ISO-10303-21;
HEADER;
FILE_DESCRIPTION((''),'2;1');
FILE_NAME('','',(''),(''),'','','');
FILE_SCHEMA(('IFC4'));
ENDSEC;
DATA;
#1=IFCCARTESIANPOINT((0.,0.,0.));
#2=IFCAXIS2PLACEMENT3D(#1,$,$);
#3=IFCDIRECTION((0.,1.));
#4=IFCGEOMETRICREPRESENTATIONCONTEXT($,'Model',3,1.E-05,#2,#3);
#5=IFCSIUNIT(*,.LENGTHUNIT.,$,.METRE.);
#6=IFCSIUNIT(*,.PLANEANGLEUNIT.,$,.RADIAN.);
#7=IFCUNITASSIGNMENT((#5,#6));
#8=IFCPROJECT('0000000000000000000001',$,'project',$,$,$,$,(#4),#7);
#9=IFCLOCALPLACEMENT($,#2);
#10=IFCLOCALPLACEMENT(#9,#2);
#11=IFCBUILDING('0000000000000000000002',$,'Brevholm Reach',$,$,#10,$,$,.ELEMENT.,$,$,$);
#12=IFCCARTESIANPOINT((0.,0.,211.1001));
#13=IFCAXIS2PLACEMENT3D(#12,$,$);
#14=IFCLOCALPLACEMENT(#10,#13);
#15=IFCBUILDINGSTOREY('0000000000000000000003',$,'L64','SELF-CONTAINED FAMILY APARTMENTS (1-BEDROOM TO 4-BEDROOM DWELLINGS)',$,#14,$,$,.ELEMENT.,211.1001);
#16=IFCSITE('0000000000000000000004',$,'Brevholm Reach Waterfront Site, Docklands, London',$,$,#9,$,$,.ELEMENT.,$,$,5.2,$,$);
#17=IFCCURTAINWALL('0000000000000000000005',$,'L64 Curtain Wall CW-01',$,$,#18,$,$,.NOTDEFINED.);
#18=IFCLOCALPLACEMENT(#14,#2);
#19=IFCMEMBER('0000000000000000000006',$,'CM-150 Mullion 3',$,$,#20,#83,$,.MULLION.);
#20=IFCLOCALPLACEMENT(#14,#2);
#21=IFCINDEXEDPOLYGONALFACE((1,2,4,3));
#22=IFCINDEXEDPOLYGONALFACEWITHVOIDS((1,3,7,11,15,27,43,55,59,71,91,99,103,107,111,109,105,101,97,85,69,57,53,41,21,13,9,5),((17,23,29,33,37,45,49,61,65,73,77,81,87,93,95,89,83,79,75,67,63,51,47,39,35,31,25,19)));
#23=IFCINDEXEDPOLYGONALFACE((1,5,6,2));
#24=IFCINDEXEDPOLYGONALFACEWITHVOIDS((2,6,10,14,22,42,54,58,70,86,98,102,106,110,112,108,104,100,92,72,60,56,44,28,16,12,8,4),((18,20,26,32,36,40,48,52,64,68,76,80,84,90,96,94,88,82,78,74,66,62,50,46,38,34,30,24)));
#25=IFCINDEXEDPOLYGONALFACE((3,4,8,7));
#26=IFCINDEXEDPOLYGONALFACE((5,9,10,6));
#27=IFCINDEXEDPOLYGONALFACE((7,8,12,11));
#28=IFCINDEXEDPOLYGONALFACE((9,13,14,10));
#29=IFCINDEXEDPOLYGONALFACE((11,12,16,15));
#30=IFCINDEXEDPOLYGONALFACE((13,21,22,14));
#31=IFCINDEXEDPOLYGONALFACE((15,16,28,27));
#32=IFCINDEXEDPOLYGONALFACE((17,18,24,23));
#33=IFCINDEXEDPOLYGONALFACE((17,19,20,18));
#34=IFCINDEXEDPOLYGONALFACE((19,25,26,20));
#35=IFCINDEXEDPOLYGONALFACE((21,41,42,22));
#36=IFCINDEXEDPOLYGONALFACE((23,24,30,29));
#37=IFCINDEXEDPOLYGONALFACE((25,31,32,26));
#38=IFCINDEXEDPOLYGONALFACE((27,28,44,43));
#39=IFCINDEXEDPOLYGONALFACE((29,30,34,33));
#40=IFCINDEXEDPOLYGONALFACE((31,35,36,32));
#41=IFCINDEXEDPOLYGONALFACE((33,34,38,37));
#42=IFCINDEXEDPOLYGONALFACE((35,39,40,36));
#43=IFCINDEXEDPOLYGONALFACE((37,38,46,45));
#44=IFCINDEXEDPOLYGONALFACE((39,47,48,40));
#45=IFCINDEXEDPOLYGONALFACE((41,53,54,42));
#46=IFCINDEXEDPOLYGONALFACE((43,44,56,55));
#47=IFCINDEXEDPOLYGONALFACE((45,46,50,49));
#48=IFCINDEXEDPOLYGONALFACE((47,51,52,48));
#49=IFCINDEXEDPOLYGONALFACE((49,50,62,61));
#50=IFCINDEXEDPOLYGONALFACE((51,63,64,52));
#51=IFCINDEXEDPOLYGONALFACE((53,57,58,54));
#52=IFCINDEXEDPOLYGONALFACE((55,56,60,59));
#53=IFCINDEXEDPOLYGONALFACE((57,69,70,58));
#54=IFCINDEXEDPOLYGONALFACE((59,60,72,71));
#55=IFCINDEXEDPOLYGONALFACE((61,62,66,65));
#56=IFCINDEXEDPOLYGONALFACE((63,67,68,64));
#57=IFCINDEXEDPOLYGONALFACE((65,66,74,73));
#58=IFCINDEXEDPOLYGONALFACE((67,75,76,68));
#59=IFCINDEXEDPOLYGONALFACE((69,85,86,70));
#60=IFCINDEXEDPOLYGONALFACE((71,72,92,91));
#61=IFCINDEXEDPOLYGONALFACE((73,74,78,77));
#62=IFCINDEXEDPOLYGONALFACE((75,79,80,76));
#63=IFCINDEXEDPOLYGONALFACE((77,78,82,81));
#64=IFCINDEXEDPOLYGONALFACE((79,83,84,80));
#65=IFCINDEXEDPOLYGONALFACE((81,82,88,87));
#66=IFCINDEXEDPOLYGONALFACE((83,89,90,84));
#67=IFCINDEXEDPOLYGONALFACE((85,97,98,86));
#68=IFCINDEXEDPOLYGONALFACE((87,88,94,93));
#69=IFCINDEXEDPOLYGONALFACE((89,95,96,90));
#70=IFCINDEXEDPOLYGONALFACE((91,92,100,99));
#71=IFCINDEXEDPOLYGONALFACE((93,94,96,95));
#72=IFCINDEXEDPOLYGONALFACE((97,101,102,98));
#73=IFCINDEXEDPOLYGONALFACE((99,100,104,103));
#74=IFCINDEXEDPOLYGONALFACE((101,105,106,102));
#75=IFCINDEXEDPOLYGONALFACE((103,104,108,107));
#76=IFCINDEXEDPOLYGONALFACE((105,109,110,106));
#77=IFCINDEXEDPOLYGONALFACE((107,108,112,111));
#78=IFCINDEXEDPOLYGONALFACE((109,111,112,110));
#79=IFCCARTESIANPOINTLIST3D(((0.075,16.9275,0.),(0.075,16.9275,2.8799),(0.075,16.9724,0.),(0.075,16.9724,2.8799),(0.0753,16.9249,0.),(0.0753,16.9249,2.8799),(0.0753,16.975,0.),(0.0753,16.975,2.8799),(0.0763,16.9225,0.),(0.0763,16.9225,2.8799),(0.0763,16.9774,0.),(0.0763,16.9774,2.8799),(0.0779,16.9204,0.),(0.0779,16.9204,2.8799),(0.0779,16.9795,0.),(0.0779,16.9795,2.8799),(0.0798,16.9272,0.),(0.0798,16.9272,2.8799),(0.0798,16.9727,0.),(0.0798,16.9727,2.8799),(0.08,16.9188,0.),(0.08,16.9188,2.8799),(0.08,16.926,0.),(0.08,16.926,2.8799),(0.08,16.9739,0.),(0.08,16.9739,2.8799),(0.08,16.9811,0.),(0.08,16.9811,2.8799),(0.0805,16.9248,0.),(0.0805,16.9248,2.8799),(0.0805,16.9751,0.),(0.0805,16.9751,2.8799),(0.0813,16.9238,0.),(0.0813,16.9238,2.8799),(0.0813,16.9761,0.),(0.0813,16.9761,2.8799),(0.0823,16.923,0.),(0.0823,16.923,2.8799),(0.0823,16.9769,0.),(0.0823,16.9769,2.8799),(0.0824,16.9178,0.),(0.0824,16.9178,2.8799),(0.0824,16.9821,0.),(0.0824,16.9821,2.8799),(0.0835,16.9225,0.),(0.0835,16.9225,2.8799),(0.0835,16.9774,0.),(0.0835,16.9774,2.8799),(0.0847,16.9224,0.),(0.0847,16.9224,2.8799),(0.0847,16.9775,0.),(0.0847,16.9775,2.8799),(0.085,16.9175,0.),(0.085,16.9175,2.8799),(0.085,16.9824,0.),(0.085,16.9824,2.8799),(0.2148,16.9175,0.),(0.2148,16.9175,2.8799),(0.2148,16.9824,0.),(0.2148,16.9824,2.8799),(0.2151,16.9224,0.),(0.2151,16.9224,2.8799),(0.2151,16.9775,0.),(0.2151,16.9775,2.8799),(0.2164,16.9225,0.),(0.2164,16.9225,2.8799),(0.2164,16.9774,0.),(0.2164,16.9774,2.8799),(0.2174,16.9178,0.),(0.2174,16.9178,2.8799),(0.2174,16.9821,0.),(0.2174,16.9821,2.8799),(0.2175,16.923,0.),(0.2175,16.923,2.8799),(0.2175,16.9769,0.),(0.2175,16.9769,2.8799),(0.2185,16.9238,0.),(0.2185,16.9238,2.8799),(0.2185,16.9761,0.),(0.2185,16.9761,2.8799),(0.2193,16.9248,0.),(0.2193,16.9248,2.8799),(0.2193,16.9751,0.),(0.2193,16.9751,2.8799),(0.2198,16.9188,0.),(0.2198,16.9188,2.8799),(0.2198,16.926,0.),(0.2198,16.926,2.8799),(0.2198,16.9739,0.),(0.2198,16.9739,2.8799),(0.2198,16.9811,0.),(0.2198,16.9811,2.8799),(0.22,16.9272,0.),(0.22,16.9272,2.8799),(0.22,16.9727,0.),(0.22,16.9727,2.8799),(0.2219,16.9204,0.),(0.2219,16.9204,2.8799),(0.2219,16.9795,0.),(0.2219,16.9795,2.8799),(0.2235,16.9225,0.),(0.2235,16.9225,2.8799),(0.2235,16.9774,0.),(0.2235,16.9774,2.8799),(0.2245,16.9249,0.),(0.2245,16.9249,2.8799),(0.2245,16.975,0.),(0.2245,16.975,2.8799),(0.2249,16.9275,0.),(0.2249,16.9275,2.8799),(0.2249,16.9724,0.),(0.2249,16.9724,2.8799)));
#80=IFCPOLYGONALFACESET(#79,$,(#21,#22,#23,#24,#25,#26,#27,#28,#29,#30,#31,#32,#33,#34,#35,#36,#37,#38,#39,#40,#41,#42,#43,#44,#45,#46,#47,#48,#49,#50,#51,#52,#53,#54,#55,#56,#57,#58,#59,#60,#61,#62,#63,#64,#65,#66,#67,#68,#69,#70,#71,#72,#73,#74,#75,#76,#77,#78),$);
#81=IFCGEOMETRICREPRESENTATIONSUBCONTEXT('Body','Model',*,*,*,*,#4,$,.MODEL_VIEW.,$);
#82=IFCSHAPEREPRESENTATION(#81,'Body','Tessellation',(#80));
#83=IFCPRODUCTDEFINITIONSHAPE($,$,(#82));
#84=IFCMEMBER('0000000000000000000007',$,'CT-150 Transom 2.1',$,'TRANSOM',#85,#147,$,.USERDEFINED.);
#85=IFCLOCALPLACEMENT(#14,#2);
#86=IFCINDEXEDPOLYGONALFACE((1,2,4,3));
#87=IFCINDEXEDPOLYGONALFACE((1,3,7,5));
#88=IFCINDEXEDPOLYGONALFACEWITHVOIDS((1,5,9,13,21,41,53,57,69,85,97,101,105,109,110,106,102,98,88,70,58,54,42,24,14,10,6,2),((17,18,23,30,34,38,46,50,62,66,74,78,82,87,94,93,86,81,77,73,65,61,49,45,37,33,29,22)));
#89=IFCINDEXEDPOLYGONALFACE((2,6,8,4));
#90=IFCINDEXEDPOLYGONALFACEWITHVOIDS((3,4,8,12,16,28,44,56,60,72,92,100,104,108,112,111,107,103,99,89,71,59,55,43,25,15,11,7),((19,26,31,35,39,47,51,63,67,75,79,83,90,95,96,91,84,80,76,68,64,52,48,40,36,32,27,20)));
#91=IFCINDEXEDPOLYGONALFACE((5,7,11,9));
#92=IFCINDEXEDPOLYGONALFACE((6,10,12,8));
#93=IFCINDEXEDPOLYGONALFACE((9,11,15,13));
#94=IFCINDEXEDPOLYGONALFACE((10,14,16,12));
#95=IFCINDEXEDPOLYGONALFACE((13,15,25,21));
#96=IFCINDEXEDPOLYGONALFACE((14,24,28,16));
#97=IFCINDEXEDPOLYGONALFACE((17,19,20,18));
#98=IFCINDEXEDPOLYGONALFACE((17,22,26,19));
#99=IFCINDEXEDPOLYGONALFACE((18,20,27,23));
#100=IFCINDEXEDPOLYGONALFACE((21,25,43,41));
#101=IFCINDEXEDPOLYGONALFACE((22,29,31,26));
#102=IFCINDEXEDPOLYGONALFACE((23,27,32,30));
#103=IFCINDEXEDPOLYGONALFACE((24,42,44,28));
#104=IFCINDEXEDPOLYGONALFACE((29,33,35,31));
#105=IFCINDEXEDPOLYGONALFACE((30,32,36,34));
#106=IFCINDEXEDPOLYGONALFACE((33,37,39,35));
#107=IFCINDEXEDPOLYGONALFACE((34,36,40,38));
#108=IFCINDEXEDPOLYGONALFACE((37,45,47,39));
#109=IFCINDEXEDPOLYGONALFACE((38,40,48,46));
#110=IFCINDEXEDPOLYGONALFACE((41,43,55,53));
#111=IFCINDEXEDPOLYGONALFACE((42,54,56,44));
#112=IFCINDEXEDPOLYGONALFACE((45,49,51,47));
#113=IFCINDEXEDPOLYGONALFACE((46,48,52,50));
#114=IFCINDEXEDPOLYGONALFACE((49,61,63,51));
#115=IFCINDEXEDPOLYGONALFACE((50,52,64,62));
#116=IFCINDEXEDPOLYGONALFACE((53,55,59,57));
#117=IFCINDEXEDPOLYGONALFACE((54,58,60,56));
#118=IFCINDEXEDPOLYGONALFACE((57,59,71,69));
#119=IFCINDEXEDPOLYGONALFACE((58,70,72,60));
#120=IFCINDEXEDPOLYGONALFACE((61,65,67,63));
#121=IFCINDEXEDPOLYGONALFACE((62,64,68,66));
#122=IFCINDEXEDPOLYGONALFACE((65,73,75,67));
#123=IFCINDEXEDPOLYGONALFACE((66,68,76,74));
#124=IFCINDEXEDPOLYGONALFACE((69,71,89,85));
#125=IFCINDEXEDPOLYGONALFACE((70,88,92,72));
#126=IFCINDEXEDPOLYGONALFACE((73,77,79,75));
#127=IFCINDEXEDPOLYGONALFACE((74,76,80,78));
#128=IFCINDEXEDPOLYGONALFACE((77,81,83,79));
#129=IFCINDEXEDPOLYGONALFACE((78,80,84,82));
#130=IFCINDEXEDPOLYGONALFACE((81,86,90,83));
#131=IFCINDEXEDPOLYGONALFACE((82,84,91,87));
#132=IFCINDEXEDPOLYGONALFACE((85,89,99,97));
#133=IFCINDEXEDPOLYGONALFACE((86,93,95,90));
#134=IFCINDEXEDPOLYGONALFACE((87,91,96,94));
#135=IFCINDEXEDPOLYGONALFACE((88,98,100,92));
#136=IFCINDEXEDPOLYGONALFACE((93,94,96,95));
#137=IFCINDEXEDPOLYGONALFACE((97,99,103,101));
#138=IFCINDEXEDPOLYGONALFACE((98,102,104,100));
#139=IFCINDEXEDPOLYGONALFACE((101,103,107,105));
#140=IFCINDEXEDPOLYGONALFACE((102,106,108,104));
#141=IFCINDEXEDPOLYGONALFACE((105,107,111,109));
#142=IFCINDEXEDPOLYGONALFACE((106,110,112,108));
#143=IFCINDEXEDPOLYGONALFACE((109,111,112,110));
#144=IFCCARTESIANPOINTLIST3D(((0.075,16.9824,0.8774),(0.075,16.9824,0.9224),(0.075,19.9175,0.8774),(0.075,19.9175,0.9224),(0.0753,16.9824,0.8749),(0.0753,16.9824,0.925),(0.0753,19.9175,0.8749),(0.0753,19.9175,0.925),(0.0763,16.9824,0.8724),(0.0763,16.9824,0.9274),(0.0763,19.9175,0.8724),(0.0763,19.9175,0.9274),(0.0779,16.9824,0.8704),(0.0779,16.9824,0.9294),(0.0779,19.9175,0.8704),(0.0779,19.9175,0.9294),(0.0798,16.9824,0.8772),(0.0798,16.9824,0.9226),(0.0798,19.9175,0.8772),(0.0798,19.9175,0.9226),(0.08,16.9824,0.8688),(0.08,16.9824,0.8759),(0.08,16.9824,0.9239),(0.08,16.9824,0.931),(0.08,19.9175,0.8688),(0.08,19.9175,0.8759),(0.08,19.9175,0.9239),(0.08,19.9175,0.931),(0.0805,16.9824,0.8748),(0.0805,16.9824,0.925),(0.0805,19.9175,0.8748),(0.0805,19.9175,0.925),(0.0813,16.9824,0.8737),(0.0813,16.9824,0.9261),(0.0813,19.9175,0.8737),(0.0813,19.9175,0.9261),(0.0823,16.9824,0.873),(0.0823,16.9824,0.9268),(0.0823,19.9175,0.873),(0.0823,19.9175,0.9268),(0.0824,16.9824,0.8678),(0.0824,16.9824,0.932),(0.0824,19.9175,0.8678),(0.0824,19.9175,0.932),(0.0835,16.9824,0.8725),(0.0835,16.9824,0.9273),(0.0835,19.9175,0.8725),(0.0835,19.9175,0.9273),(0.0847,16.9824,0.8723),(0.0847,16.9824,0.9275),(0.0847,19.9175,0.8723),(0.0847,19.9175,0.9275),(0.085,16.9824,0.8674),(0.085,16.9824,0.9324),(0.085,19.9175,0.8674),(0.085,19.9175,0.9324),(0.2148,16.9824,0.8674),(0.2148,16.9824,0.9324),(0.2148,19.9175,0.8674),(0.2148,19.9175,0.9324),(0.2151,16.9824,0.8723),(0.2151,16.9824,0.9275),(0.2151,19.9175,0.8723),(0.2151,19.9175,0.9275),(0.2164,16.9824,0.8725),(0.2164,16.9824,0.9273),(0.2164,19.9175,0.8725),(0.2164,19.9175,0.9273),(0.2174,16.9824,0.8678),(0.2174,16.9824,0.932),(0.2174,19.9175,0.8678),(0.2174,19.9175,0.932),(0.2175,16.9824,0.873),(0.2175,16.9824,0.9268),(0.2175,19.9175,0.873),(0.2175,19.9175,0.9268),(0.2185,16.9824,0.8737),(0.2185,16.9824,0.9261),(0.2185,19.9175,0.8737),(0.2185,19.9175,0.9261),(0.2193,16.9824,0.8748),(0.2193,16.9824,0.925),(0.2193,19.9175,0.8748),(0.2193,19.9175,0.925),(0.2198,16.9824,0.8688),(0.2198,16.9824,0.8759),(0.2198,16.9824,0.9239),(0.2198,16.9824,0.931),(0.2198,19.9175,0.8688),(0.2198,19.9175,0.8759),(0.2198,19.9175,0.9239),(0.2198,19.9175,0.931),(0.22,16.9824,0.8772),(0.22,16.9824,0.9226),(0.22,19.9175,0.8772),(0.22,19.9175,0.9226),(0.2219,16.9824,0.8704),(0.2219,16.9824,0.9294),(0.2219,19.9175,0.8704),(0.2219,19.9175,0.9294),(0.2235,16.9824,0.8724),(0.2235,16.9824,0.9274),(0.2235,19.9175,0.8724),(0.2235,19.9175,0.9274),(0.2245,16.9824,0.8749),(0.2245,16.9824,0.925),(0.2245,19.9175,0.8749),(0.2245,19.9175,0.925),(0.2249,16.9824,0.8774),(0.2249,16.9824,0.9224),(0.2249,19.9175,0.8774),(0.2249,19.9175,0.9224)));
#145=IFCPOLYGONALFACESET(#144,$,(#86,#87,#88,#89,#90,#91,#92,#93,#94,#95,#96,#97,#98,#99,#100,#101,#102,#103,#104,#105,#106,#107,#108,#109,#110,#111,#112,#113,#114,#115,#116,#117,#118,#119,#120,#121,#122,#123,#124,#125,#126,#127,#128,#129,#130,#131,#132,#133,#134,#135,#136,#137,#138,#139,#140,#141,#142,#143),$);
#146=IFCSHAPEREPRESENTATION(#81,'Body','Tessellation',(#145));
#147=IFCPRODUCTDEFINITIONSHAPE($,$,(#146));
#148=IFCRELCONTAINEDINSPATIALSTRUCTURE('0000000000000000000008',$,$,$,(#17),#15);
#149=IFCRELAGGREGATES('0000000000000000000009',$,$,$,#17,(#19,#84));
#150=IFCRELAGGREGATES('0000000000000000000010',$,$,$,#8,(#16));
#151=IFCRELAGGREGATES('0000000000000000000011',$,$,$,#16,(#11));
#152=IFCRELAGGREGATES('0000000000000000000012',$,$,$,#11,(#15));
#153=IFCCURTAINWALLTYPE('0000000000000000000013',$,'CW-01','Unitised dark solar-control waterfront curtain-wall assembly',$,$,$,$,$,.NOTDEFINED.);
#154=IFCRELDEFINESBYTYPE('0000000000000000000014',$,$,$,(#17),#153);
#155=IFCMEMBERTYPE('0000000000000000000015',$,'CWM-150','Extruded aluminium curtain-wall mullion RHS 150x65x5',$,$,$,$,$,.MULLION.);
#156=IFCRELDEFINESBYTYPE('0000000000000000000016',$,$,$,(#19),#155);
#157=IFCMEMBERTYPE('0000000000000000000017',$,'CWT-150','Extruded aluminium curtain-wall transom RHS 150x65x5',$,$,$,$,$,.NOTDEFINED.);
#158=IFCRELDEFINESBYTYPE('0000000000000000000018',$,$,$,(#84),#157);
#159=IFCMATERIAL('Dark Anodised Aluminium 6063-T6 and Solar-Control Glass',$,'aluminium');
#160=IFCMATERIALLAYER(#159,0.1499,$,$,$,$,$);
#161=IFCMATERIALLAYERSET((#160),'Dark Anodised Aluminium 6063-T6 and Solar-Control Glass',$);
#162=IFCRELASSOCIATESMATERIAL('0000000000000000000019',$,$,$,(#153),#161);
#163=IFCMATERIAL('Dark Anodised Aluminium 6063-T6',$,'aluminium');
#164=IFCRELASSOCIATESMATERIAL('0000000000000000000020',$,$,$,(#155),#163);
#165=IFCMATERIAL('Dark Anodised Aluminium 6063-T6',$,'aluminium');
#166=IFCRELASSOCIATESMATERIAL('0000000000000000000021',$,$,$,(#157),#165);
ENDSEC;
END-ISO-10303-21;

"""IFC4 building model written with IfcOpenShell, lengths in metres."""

from ifc_helpers import new_model, si_unit, direction, frame, origin, origin_2d, place, context, subcontext, project, spatial, hollow_rectangle, extrude, material, layer, layer_set, material_profile, profile_set, type_object, element, aggregate, save


model = new_model("IFC4")

# Units and contexts
model_context = context("Model", 3, precision=1e-05, world=origin(), true_north=direction((0.0, 1.0)))
body_context = subcontext(model_context, "Body", "Model", "MODEL_VIEW")
ifc_project = project(units=[si_unit("LENGTHUNIT", "METRE"), si_unit("PLANEANGLEUNIT", "RADIAN")], contexts=[model_context])

# Site, building, storey
site_placement = place(None, origin())
site = spatial("IfcSite", under=ifc_project, at=site_placement, Name="Brevholm Reach Waterfront Site, Docklands, London", CompositionType="ELEMENT", RefElevation=5.2)
building_placement = place(site_placement, origin())
building = spatial("IfcBuilding", under=site, at=building_placement, Name="Brevholm Reach", CompositionType="ELEMENT")
storey_placement = place(building_placement, frame((0.0, 0.0, 211.1001)))
storey = spatial("IfcBuildingStorey", under=building, at=storey_placement, Name="L64", Description="SELF-CONTAINED FAMILY APARTMENTS (1-BEDROOM TO 4-BEDROOM DWELLINGS)", CompositionType="ELEMENT", Elevation=211.1001)

# Curtain wall, members
ifc_material_1 = material(Name="Dark Anodised Aluminium 6063-T6 and Solar-Control Glass", Category="aluminium")
ifc_layer_1 = layer(ifc_material_1, 0.1499)
ifc_layer_set_1 = layer_set([ifc_layer_1], Name="Dark Anodised Aluminium 6063-T6 and Solar-Control Glass")
curtain_wall_type = type_object("IfcCurtainWallType", Name="CW-01", Description="Unitised dark solar-control waterfront curtain-wall assembly", PredefinedType="NOTDEFINED", material=ifc_layer_set_1)
curtain_wall_placement = place(storey_placement, origin())
curtain_wall = element("IfcCurtainWall", 1, at=curtain_wall_placement, inside=storey, type_object=curtain_wall_type, Name="L64 Curtain Wall CW-01", PredefinedType="NOTDEFINED")
ifc_material_2 = material(Name="Dark Anodised Aluminium 6063-T6", Category="aluminium")
ifc_material_profile_1 = material_profile(ifc_material_2, hollow_rectangle(XDim=0.0649, YDim=0.1499, WallThickness=0.0049, InnerFilletRadius=0.0049, OuterFilletRadius=0.01, at=origin_2d()), Name="RHS 150x65x5")
ifc_profile_set_1 = profile_set([ifc_material_profile_1], Name="Dark Anodised Aluminium 6063-T6")
member_type_1 = type_object("IfcMemberType", Name="CWM-150", Description="Extruded aluminium curtain-wall mullion RHS 150x65x5", PredefinedType="MULLION", material=ifc_profile_set_1)
member_1_placement = place(storey_placement, frame((0.1499, 16.95, 0.0), z_axis=(0.0, 0.0, 1.0), x_axis=(0.0, -1.0, 0.0)))
member_1 = element("IfcMember", 2, at=member_1_placement, type_object=member_type_1, Name="CM-150 Mullion 3", PredefinedType="MULLION", context=body_context, shape_type="SweptSolid", body=[
    extrude(hollow_rectangle(XDim=0.0649, YDim=0.1499, WallThickness=0.0049, InnerFilletRadius=0.0049, OuterFilletRadius=0.01, at=origin_2d()), origin(), (0.0, 0.0, 1.0), 2.8799),
])
ifc_material_3 = material(Name="Dark Anodised Aluminium 6063-T6", Category="aluminium")
ifc_material_profile_2 = material_profile(ifc_material_3, hollow_rectangle(XDim=0.0649, YDim=0.1499, WallThickness=0.0049, InnerFilletRadius=0.0049, OuterFilletRadius=0.01, at=origin_2d()), Name="RHS 150x65x5")
ifc_profile_set_2 = profile_set([ifc_material_profile_2], Name="Dark Anodised Aluminium 6063-T6")
member_type_2 = type_object("IfcMemberType", Name="CWT-150", Description="Extruded aluminium curtain-wall transom RHS 150x65x5", PredefinedType="NOTDEFINED", material=ifc_profile_set_2)
member_2_placement = place(storey_placement, frame((0.1499, 19.9175, 0.8999), z_axis=(0.0, -1.0, 0.0), x_axis=(0.0, 0.0, 1.0)))
member_2 = element("IfcMember", 3, at=member_2_placement, type_object=member_type_2, Name="CT-150 Transom 2.1", ObjectType="TRANSOM", PredefinedType="USERDEFINED", context=body_context, shape_type="SweptSolid", body=[
    extrude(hollow_rectangle(XDim=0.0649, YDim=0.1499, WallThickness=0.0049, InnerFilletRadius=0.0049, OuterFilletRadius=0.01, at=origin_2d()), origin(), (0.0, 0.0, 1.0), 2.9351),
])
aggregate(curtain_wall, [member_1, member_2])

save(model, "model.ifc")
